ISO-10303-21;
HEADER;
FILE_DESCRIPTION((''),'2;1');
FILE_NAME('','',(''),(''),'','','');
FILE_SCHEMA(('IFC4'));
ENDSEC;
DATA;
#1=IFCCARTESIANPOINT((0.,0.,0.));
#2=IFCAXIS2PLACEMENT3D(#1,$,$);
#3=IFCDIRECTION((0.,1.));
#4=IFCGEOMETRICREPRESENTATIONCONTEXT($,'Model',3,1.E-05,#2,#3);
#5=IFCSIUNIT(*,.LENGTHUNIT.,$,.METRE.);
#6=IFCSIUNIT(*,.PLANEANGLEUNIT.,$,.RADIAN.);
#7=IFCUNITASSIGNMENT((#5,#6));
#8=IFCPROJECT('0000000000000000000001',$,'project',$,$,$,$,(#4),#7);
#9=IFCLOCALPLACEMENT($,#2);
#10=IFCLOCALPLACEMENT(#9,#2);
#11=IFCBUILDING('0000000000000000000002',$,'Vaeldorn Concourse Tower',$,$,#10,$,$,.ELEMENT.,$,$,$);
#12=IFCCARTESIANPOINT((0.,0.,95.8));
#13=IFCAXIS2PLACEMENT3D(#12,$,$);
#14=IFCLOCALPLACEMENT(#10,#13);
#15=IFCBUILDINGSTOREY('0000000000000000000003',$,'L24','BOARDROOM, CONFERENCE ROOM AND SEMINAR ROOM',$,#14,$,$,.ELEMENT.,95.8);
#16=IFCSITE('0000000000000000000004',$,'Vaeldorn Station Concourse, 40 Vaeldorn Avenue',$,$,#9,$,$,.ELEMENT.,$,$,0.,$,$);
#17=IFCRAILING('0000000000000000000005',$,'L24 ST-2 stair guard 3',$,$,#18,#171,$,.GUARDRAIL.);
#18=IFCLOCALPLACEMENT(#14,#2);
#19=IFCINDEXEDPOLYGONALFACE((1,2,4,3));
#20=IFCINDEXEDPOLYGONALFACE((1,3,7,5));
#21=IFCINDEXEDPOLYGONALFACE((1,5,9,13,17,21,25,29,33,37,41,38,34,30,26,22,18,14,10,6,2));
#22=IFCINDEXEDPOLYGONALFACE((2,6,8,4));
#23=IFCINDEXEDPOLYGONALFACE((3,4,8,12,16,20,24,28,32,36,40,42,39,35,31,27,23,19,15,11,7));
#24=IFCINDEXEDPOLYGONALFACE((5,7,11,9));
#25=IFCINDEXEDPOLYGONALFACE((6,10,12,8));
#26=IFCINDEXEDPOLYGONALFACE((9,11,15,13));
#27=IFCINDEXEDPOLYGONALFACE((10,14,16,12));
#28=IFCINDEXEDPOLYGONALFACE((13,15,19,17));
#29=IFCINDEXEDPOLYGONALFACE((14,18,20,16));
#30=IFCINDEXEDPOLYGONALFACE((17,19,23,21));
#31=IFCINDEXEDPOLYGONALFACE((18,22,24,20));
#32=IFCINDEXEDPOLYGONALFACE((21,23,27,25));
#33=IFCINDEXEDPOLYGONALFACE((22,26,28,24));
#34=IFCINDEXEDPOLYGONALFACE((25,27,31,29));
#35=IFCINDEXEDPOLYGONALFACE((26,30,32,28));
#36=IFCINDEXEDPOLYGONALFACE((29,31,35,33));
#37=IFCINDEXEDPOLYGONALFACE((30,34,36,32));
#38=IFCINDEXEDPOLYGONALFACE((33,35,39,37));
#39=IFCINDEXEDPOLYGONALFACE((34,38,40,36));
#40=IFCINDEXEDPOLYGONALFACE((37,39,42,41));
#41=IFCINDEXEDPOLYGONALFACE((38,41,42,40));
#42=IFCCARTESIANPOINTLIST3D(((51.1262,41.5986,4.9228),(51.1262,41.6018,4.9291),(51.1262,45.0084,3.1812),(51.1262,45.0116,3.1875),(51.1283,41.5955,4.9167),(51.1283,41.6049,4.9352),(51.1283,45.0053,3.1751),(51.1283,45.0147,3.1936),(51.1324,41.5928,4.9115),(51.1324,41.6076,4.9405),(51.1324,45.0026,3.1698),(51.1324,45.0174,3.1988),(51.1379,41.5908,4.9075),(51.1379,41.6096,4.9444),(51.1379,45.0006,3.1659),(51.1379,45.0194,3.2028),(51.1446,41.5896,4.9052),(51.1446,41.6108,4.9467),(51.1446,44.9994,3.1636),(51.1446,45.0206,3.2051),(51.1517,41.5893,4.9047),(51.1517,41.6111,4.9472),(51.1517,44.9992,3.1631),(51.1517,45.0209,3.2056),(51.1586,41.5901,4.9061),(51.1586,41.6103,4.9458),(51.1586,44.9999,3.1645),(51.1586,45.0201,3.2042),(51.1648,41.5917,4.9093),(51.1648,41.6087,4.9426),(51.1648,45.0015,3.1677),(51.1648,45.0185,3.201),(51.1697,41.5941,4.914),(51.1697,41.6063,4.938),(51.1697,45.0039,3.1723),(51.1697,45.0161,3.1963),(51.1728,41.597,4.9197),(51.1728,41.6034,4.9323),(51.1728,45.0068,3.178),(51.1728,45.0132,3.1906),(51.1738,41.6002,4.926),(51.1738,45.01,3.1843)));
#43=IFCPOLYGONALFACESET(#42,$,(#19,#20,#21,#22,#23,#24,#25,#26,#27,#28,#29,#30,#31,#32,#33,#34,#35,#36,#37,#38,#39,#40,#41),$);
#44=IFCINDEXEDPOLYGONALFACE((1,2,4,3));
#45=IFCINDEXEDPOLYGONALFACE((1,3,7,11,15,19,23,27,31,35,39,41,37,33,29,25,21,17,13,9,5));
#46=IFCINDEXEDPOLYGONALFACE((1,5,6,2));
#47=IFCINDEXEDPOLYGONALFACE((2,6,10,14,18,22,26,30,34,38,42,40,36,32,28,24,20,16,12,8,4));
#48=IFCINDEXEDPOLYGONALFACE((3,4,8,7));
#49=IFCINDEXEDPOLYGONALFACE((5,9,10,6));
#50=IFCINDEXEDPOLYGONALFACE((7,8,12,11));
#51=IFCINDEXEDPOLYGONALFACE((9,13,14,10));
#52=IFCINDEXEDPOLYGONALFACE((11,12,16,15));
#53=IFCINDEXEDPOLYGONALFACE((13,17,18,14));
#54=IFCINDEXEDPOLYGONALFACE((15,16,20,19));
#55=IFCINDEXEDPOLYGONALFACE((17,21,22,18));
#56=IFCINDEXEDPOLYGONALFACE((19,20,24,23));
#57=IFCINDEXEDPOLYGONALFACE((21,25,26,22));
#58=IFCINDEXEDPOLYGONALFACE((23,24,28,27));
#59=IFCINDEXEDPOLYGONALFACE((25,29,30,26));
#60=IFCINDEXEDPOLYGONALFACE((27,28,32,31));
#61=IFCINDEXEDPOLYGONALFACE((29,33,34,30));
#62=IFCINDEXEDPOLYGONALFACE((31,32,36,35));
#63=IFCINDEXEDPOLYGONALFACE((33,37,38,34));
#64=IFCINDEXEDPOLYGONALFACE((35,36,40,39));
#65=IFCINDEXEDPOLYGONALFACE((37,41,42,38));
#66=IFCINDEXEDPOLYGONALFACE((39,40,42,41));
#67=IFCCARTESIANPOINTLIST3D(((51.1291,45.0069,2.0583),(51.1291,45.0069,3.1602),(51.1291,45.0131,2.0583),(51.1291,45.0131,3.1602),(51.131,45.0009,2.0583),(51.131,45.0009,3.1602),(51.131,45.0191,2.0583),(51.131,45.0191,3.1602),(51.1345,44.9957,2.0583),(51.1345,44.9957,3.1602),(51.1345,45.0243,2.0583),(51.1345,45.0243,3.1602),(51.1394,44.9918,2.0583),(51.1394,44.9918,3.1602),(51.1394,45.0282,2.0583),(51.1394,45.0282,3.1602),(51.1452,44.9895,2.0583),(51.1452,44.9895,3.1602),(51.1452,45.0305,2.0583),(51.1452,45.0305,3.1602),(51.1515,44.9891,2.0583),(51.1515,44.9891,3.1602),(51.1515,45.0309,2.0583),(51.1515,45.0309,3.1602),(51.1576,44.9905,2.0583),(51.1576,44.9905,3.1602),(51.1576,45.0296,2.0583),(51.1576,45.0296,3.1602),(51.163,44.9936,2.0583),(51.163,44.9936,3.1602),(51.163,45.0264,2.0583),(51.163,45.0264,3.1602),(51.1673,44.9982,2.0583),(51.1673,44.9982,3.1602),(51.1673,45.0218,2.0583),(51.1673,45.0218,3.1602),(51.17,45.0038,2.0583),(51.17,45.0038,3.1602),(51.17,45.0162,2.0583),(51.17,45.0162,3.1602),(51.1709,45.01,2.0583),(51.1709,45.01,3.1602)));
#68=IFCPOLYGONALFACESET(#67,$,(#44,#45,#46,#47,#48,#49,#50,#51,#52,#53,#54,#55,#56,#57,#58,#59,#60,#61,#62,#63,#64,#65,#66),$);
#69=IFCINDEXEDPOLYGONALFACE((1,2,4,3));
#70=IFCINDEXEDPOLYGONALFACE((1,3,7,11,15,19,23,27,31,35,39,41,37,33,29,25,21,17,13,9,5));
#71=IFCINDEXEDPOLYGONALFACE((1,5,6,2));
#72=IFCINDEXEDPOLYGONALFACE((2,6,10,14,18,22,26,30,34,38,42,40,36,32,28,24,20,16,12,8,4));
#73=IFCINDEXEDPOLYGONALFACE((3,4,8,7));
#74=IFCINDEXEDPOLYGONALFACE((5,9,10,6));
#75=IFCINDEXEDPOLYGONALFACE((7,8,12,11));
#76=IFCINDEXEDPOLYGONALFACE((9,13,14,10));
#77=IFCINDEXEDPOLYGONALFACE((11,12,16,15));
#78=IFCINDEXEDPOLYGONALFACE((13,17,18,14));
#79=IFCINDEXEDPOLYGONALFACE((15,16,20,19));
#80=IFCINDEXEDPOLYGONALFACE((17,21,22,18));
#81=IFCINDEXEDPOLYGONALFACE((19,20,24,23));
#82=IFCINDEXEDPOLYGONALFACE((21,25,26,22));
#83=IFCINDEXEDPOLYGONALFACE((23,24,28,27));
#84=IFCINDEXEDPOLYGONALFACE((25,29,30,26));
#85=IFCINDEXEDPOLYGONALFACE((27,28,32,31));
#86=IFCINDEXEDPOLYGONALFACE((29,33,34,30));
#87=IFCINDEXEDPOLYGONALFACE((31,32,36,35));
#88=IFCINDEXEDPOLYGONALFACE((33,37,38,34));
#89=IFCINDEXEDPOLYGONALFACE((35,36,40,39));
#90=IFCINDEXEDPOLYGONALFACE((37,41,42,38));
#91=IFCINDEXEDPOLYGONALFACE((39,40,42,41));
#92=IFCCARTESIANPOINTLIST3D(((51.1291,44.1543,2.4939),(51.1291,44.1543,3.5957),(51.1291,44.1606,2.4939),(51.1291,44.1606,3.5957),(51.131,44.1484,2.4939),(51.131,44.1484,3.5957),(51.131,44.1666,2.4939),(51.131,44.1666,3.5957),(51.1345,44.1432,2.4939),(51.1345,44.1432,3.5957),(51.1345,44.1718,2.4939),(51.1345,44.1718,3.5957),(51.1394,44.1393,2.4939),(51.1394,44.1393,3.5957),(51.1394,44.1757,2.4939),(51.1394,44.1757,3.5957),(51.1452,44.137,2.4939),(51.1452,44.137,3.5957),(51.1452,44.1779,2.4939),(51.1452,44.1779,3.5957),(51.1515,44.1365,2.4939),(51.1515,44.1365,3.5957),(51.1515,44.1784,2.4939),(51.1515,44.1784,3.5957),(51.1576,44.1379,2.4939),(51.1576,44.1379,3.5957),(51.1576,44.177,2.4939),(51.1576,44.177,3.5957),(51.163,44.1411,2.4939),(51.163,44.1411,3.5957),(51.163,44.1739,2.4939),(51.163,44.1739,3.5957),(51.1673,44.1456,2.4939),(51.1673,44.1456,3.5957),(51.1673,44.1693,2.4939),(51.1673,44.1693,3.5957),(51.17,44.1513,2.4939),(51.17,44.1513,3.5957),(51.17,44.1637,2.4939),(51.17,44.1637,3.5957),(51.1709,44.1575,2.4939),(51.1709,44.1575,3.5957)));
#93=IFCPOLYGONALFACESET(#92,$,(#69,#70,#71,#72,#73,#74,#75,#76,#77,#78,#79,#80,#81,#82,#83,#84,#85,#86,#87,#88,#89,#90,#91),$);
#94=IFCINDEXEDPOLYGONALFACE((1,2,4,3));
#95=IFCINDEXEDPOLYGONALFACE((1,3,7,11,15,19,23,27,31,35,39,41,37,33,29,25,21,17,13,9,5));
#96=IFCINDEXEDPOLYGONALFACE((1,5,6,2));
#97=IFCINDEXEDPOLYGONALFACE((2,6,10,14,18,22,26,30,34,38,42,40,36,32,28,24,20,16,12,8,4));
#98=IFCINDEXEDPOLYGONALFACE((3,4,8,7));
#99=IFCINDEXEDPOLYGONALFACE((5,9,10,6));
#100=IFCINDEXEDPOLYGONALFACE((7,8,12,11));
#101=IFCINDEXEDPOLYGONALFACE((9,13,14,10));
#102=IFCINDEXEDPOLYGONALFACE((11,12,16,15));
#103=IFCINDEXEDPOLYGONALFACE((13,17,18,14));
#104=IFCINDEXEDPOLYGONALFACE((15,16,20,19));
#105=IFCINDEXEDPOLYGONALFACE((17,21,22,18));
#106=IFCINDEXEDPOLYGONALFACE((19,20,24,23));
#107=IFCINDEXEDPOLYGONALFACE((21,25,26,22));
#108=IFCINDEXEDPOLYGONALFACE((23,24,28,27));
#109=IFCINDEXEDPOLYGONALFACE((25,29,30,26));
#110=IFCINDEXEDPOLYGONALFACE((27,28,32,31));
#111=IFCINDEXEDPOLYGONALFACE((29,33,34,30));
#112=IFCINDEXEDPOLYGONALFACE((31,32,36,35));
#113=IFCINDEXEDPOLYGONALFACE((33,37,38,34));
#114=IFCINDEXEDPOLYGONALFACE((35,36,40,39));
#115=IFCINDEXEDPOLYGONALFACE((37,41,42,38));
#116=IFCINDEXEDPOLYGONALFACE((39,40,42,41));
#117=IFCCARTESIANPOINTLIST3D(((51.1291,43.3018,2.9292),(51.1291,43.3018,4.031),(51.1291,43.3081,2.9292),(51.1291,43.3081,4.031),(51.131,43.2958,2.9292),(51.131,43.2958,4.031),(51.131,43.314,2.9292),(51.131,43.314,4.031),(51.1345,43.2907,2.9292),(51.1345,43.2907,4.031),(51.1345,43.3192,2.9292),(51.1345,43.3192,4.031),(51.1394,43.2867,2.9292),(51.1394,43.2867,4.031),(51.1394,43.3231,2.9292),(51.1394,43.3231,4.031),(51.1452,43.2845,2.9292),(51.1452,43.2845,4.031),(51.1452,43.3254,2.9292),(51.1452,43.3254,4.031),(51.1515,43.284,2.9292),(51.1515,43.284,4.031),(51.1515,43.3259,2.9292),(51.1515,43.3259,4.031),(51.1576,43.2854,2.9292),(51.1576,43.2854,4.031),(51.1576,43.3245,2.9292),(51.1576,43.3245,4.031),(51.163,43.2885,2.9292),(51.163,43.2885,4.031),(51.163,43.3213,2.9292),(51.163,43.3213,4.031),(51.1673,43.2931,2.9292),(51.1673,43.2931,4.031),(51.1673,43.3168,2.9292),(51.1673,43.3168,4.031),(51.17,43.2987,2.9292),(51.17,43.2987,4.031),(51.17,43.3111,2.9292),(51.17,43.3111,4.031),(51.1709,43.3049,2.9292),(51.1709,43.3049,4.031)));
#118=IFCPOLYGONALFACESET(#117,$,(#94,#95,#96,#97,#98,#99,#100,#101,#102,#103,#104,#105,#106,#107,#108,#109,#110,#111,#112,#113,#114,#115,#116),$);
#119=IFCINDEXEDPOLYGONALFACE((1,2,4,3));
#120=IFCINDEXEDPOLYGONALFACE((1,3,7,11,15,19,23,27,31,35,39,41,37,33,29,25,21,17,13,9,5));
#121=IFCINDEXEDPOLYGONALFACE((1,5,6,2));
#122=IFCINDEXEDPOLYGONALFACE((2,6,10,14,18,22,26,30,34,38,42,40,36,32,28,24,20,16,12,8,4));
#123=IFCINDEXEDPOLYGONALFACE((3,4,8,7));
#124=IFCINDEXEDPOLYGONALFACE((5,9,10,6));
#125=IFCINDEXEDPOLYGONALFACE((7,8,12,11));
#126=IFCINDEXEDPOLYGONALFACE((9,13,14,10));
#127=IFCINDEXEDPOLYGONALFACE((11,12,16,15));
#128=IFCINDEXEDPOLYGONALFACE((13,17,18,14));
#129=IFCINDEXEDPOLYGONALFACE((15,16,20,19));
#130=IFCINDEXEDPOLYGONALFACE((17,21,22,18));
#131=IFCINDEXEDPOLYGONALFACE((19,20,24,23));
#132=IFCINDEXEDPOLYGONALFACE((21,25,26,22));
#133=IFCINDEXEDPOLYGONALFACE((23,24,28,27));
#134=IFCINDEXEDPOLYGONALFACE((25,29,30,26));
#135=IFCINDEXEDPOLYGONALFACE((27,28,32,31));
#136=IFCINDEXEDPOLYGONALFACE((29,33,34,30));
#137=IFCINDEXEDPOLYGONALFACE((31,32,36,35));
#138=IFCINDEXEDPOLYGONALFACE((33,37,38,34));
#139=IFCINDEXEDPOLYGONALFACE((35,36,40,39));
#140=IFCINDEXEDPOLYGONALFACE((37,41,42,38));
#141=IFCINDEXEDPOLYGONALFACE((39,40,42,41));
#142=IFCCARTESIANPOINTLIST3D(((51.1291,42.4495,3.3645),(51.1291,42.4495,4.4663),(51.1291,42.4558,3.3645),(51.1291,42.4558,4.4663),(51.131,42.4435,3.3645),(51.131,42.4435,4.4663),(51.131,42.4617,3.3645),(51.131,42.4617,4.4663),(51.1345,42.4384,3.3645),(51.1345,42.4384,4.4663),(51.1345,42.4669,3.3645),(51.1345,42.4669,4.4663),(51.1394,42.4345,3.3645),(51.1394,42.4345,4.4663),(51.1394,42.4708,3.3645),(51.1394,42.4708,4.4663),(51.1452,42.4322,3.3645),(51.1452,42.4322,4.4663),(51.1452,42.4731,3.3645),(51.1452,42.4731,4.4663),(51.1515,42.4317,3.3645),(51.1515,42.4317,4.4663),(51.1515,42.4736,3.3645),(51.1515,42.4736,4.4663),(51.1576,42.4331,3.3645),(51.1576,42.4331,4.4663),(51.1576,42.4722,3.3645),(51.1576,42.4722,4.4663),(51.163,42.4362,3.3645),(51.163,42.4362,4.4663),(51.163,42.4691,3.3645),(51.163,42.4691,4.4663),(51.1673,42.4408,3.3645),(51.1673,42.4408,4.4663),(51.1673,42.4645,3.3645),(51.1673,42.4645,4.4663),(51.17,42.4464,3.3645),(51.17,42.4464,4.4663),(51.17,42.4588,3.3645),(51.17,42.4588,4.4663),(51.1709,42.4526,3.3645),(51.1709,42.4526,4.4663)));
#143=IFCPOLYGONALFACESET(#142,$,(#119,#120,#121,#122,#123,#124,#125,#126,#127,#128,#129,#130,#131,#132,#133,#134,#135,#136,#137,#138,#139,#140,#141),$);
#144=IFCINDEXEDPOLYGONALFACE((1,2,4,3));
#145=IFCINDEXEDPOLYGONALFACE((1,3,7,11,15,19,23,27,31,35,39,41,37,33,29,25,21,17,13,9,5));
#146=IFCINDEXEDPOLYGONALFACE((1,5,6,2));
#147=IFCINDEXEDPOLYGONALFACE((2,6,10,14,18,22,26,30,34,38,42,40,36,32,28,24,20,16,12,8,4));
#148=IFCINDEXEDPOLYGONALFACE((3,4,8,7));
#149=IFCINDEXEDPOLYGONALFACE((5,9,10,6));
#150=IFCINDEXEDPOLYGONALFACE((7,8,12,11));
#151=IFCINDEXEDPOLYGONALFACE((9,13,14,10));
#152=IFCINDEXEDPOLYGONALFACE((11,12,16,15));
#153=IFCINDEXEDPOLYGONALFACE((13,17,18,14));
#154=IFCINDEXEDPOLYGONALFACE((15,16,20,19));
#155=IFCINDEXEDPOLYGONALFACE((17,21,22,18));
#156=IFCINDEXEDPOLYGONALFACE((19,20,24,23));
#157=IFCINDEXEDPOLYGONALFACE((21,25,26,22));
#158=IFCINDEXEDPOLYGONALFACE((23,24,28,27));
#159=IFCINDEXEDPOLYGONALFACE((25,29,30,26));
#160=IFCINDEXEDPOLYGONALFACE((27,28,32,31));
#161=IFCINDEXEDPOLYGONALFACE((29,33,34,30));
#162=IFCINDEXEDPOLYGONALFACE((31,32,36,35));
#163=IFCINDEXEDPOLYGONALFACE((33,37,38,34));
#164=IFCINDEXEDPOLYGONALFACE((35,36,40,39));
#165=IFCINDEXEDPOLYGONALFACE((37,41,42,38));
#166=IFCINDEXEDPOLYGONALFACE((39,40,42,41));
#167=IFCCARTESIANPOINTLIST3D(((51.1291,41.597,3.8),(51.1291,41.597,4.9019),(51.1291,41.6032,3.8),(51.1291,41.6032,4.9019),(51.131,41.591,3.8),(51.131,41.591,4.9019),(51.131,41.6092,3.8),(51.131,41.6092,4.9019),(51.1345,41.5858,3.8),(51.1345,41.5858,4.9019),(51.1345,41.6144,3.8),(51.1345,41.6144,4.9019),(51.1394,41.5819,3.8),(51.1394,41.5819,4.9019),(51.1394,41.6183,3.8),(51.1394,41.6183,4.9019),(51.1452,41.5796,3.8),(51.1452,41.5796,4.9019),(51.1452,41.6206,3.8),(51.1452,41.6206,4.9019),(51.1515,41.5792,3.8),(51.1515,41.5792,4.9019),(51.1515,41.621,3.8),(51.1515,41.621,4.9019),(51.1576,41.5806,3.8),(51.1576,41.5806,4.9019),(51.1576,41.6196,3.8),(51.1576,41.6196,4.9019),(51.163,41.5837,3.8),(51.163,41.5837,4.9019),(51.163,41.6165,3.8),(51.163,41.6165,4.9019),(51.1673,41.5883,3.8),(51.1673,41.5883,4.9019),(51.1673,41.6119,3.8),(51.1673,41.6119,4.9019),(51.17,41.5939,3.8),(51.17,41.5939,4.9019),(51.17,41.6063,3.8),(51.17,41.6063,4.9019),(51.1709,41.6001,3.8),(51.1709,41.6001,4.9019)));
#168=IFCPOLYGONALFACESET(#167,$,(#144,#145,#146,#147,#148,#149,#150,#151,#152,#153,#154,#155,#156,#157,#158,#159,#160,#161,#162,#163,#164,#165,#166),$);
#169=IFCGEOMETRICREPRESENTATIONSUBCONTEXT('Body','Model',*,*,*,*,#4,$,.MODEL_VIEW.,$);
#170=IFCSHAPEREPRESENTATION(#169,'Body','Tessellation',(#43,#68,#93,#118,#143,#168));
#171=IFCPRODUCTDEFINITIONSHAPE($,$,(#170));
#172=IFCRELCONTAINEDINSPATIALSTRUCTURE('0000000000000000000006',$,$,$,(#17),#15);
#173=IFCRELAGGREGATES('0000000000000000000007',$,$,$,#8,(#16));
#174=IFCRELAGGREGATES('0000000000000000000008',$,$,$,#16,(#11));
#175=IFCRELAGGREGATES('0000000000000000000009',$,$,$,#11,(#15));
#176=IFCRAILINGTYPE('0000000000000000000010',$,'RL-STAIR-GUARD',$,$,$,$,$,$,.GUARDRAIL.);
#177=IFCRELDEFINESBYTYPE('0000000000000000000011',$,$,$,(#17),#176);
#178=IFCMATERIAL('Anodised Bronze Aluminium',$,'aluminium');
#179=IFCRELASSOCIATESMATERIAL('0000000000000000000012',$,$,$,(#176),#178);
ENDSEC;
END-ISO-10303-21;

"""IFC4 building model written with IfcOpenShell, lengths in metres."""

from ifc_helpers import new_model, si_unit, direction, frame, origin, origin_2d, place, context, subcontext, project, spatial, circle, extrude, material, type_object, element, save


model = new_model("IFC4")

# Units and contexts
model_context = context("Model", 3, precision=1e-05, world=origin(), true_north=direction((0.0, 1.0)))
body_context = subcontext(model_context, "Body", "Model", "MODEL_VIEW")
ifc_project = project(units=[si_unit("LENGTHUNIT", "METRE"), si_unit("PLANEANGLEUNIT", "RADIAN")], contexts=[model_context])

# Site, building, storey
site_placement = place(None, origin())
site = spatial("IfcSite", under=ifc_project, at=site_placement, Name="Vaeldorn Station Concourse, 40 Vaeldorn Avenue", CompositionType="ELEMENT", RefElevation=0.0)
building_placement = place(site_placement, origin())
building = spatial("IfcBuilding", under=site, at=building_placement, Name="Vaeldorn Concourse Tower", CompositionType="ELEMENT")
storey_placement = place(building_placement, frame((0.0, 0.0, 95.8)))
storey = spatial("IfcBuildingStorey", under=building, at=storey_placement, Name="L24", Description="BOARDROOM, CONFERENCE ROOM AND SEMINAR ROOM", CompositionType="ELEMENT", Elevation=95.8)

# Shared definitions
ifc_material_1 = material(Name="Anodised Bronze Aluminium", Category="aluminium")

# Railing
railing_type_1 = type_object("IfcRailingType", Name="RL-STAIR-GUARD", PredefinedType="GUARDRAIL", material=ifc_material_1)
railing_1_placement = place(storey_placement, frame((51.1499, 45.01, 2.0583)))
element("IfcRailing", 1, at=railing_1_placement, inside=storey, type_object=railing_type_1, Name="L24 ST-2 stair guard 3", PredefinedType="GUARDRAIL", context=body_context, shape_type="SweptSolid", body=[
    extrude(circle(Radius=0.0239, at=origin_2d()), frame((0.0, 0.0, 1.126), z_axis=(0.0, -0.890556, 0.454874), x_axis=(1.0, 0.0, 0.0)), (0.0, 0.0, 1.0), 3.8289),
    extrude(circle(Radius=0.021, at=origin_2d()), origin(), (0.0, 0.0, 1.0), 1.1018),
    extrude(circle(Radius=0.021, at=origin_2d()), frame((0.0, -0.8525, 0.4355)), (0.0, 0.0, 1.0), 1.1018),
    extrude(circle(Radius=0.021, at=origin_2d()), frame((0.0, -1.7051, 0.8708)), (0.0, 0.0, 1.0), 1.1018),
    extrude(circle(Radius=0.021, at=origin_2d()), frame((0.0, -2.5574, 1.3062)), (0.0, 0.0, 1.0), 1.1018),
    extrude(circle(Radius=0.021, at=origin_2d()), frame((0.0, -3.4099, 1.7417)), (0.0, 0.0, 1.0), 1.1018),
])

save(model, "model.ifc")
